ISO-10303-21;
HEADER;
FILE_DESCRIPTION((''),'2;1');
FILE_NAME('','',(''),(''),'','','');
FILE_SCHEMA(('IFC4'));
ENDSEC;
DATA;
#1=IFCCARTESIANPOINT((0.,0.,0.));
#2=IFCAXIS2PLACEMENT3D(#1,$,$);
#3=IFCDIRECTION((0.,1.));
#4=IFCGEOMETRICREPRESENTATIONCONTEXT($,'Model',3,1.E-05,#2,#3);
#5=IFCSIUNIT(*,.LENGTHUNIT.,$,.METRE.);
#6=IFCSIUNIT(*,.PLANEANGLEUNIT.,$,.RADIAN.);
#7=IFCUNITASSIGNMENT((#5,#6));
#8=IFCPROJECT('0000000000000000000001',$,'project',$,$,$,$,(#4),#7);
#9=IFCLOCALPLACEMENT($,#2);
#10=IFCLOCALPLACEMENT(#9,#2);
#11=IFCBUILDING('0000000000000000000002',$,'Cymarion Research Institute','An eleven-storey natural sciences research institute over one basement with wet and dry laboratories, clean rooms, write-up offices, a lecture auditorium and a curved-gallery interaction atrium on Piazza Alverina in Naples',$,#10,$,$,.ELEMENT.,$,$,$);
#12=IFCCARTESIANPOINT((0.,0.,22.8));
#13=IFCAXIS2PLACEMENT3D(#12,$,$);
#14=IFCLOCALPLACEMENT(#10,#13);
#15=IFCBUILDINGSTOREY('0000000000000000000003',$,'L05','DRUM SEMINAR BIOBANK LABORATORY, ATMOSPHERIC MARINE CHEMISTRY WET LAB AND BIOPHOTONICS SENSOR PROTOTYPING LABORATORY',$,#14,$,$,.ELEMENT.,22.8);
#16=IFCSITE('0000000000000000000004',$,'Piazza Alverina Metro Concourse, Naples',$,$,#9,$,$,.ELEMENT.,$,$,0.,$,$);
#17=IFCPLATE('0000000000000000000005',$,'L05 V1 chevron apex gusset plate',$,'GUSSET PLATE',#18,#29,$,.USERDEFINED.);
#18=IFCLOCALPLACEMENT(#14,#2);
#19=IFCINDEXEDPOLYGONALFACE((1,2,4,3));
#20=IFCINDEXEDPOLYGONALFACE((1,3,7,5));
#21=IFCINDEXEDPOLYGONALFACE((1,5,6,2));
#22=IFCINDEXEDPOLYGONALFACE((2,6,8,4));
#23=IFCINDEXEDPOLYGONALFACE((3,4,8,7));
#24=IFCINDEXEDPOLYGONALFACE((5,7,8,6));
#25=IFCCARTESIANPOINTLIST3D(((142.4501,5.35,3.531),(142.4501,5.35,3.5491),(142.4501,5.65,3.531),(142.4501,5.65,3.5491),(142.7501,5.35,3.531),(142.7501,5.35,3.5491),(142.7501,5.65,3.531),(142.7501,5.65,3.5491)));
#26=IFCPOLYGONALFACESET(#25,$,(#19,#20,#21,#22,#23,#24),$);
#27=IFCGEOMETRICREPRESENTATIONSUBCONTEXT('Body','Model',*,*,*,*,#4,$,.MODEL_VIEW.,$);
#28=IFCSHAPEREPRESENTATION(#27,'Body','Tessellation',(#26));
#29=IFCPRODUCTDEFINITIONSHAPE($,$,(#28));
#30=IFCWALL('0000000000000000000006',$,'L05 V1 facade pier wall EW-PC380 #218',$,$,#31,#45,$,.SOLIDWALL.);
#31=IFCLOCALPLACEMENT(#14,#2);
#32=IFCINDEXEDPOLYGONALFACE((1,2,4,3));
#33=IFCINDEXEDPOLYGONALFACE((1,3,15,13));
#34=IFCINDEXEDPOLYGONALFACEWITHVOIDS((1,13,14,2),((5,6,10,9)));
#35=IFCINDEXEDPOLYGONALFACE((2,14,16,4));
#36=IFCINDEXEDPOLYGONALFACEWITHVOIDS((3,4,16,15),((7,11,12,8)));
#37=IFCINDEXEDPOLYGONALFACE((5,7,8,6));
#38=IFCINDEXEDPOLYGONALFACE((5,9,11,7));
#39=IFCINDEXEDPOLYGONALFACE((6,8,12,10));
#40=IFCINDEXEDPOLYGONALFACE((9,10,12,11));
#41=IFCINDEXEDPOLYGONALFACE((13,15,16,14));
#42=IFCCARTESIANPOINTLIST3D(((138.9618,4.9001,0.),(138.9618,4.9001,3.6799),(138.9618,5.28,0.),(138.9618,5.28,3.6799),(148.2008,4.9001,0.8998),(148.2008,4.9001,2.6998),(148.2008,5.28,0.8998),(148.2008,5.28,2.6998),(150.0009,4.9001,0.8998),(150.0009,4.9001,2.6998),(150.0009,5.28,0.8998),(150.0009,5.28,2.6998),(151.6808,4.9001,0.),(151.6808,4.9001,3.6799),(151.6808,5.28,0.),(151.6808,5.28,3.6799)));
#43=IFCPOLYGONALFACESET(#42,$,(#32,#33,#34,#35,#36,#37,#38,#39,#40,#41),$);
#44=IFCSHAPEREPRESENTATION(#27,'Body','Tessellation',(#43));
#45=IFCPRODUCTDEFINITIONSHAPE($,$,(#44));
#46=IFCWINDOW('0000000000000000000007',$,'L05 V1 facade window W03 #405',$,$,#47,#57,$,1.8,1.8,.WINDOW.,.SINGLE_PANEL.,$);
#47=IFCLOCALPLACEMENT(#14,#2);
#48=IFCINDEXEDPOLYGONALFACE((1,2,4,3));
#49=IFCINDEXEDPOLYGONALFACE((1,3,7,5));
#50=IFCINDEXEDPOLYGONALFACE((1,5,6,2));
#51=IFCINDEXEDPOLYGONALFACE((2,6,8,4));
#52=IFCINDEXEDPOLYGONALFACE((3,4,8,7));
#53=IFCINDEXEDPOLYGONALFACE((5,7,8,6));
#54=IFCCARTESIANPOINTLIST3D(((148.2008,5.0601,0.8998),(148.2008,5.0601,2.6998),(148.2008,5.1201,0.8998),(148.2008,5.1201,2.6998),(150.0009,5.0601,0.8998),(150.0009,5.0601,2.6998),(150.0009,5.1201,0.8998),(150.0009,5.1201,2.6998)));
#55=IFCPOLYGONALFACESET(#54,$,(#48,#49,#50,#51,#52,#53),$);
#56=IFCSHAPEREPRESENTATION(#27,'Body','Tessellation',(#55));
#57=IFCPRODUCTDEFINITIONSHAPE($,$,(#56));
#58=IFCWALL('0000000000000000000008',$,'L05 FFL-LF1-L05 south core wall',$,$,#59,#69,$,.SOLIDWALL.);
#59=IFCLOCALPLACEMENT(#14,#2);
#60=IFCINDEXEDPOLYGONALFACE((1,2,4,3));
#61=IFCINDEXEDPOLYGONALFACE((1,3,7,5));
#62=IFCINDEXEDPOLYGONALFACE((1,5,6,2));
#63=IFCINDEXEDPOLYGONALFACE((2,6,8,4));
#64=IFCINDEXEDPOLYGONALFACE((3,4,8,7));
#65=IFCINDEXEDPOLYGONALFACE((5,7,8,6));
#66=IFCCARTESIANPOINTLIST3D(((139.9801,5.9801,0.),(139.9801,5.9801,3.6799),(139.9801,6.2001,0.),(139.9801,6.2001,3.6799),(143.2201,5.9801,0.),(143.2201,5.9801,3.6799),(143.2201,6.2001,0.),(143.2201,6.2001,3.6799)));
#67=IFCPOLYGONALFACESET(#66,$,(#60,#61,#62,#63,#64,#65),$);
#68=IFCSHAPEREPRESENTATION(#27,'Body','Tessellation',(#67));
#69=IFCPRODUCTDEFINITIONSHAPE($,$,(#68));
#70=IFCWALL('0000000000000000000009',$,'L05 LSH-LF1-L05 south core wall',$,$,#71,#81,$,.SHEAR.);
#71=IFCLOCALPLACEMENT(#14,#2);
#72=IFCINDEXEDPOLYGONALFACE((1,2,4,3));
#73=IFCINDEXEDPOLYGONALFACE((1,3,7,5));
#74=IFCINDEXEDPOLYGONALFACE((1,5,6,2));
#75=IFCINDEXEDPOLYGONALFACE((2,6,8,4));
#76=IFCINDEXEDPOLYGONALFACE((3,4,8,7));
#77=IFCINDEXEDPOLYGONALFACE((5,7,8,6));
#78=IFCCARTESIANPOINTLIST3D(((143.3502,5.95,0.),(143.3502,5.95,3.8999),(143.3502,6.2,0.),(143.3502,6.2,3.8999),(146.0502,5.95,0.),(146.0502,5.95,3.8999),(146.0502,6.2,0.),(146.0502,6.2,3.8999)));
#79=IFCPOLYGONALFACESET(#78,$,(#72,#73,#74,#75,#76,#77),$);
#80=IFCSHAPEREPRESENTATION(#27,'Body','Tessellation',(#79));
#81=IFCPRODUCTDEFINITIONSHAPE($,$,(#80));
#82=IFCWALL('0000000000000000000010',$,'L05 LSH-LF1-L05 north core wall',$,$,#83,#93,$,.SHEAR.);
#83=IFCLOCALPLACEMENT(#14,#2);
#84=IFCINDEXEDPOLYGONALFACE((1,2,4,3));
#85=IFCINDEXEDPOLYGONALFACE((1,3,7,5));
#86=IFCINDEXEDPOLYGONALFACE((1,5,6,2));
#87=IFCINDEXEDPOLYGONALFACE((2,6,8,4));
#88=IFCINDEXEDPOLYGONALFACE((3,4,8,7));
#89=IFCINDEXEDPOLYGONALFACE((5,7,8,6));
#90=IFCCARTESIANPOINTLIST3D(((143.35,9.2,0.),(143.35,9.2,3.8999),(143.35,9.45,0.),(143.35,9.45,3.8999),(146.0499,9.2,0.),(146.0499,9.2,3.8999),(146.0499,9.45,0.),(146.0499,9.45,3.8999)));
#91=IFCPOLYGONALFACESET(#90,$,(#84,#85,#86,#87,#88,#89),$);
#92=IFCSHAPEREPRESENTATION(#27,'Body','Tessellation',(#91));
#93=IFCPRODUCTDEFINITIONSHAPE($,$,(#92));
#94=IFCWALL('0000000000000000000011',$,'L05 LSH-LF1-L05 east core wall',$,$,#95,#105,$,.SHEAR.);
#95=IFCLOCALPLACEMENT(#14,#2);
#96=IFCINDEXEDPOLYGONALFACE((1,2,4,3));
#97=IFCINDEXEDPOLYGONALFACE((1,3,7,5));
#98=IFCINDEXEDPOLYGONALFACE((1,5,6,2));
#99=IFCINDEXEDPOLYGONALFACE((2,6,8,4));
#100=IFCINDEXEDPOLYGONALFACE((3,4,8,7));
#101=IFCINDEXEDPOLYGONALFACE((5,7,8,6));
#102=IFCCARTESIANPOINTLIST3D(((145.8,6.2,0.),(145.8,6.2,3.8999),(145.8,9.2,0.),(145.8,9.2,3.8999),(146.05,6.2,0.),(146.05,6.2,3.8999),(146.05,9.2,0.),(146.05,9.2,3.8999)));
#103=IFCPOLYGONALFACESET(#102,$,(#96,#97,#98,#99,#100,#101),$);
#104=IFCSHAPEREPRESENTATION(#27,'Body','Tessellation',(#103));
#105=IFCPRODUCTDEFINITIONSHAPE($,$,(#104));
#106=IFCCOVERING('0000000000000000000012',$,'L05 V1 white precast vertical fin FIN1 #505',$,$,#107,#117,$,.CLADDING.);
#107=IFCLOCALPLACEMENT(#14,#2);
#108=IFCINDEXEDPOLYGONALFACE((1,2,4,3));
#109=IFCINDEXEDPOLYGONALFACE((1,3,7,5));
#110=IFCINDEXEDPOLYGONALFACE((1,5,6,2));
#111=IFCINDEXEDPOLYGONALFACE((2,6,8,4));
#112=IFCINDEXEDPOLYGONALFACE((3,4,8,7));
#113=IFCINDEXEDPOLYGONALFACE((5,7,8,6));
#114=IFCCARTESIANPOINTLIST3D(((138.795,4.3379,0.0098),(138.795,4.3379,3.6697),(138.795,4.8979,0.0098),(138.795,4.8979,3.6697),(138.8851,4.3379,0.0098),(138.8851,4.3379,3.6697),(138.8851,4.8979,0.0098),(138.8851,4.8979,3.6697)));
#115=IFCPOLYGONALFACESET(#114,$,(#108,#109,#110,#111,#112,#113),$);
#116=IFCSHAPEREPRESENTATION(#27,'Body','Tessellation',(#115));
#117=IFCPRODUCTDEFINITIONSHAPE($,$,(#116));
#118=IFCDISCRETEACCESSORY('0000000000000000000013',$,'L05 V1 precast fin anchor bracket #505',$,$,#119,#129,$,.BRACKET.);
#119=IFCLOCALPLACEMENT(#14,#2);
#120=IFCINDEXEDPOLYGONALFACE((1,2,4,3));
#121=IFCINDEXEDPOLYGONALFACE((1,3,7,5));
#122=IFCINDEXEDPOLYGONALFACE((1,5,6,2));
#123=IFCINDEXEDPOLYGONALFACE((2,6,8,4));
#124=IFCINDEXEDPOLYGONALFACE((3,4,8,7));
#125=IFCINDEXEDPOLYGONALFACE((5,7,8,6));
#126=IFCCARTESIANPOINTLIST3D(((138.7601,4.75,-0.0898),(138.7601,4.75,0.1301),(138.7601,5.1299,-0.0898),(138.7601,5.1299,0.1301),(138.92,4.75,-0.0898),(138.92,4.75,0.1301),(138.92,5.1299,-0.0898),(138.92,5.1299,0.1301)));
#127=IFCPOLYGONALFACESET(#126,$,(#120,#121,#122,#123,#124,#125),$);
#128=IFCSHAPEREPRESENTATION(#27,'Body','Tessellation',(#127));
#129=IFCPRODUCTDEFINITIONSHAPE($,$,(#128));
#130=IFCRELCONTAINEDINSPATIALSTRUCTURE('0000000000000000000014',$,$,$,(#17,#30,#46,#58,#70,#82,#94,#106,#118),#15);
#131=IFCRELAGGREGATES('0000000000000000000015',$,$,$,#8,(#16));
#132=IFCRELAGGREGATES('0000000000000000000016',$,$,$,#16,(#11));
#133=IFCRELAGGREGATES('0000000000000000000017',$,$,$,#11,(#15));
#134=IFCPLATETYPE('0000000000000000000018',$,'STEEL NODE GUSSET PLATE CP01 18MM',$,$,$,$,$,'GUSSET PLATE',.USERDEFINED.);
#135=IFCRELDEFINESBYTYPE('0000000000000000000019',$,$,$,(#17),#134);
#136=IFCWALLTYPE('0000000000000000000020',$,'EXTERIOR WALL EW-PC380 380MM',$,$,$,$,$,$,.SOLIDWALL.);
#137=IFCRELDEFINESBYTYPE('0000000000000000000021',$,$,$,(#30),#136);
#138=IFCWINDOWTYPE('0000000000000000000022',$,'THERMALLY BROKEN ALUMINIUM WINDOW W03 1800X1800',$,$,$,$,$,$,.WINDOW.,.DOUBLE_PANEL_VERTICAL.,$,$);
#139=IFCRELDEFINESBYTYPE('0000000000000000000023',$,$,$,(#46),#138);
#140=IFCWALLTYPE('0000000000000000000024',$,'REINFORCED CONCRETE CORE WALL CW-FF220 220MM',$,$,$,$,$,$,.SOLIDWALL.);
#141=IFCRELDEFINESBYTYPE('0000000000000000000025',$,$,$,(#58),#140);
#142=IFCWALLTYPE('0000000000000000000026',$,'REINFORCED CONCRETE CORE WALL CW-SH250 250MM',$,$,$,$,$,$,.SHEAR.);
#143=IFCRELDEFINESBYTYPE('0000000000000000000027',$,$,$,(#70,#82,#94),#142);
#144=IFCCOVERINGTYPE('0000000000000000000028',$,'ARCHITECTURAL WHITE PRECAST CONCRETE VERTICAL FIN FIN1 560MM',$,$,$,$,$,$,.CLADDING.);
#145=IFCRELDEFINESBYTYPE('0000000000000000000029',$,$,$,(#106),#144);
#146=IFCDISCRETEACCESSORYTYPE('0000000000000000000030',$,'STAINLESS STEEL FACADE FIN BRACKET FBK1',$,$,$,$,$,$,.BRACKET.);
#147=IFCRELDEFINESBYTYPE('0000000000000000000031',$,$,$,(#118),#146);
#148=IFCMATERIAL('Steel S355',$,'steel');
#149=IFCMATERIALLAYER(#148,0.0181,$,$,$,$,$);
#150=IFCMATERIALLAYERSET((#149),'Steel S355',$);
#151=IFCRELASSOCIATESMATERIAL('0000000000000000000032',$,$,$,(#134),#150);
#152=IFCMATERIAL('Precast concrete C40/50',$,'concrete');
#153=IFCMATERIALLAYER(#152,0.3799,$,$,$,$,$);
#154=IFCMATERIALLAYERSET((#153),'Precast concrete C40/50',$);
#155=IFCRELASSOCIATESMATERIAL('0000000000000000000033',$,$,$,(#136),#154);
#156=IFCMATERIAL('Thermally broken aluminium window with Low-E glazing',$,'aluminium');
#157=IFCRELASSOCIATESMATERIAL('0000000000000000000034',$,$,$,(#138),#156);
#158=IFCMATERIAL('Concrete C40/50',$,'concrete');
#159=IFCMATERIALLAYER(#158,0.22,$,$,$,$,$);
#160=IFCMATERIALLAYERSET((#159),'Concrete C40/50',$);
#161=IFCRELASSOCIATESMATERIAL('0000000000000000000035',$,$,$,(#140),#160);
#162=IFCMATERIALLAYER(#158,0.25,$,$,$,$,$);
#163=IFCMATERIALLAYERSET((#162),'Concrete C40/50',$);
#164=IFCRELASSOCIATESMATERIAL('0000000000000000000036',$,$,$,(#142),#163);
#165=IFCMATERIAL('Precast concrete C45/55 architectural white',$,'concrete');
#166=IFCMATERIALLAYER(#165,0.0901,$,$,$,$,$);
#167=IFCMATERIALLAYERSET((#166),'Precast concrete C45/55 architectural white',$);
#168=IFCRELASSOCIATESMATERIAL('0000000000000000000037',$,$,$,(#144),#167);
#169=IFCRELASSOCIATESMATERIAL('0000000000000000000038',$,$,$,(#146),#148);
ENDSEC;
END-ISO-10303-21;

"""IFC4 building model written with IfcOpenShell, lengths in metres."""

from ifc_helpers import new_model, si_unit, direction, frame, frame_2d, origin, origin_2d, place, context, subcontext, project, spatial, rectangle, extrude, material, layer, layer_set, type_object, element, fill, save


model = new_model("IFC4")

# Units and contexts
model_context = context("Model", 3, precision=1e-05, world=origin(), true_north=direction((0.0, 1.0)))
body_context = subcontext(model_context, "Body", "Model", "MODEL_VIEW")
ifc_project = project(units=[si_unit("LENGTHUNIT", "METRE"), si_unit("PLANEANGLEUNIT", "RADIAN")], contexts=[model_context])

# Site, building, storey
site_placement = place(None, origin())
site = spatial("IfcSite", under=ifc_project, at=site_placement, Name="Piazza Alverina Metro Concourse, Naples", CompositionType="ELEMENT", RefElevation=0.0)
building_placement = place(site_placement, origin())
building = spatial("IfcBuilding", under=site, at=building_placement, Name="Cymarion Research Institute", Description="An eleven-storey natural sciences research institute over one basement with wet and dry laboratories, clean rooms, write-up offices, a lecture auditorium and a curved-gallery interaction atrium on Piazza Alverina in Naples", CompositionType="ELEMENT")
storey_placement = place(building_placement, frame((0.0, 0.0, 22.8)))
storey = spatial("IfcBuildingStorey", under=building, at=storey_placement, Name="L05", Description="DRUM SEMINAR BIOBANK LABORATORY, ATMOSPHERIC MARINE CHEMISTRY WET LAB AND BIOPHOTONICS SENSOR PROTOTYPING LABORATORY", CompositionType="ELEMENT", Elevation=22.8)

# Plate
ifc_material_1 = material(Name="Steel S355", Category="steel")
ifc_layer_1 = layer(ifc_material_1, 0.0181)
ifc_layer_set_1 = layer_set([ifc_layer_1], Name="Steel S355")
plate_type_1 = type_object("IfcPlateType", Name="STEEL NODE GUSSET PLATE CP01 18MM", ElementType="GUSSET PLATE", PredefinedType="USERDEFINED", material=ifc_layer_set_1)
plate_1_placement = place(storey_placement, frame((142.6001, 5.5, 3.531), z_axis=(0.0, 0.0, 1.0), x_axis=(1.0, 0.0, 0.0)))
element("IfcPlate", 1, at=plate_1_placement, inside=storey, type_object=plate_type_1, Name="L05 V1 chevron apex gusset plate", ObjectType="GUSSET PLATE", PredefinedType="USERDEFINED", context=body_context, shape_type="SweptSolid", body=[
    extrude(rectangle(XDim=0.3, YDim=0.3, at=origin_2d()), origin(), (0.0, 0.0, 1.0), 0.0181),
])

# Wall, opening, window
ifc_material_2 = material(Name="Precast concrete C40/50", Category="concrete")
ifc_layer_2 = layer(ifc_material_2, 0.3799)
ifc_layer_set_2 = layer_set([ifc_layer_2], Name="Precast concrete C40/50")
wall_type_1 = type_object("IfcWallType", Name="EXTERIOR WALL EW-PC380 380MM", PredefinedType="SOLIDWALL", material=ifc_layer_set_2)
wall_1_placement = place(storey_placement, frame((138.9619, 5.0901, 0.0), z_axis=(0.0, 0.0, 1.0), x_axis=(1.0, 0.0, 0.0)))
wall_1 = element("IfcWall", 2, at=wall_1_placement, inside=storey, type_object=wall_type_1, Name="L05 V1 facade pier wall EW-PC380 #218", PredefinedType="SOLIDWALL", context=body_context, shape_type="SweptSolid", body=[
    extrude(rectangle(XDim=12.719, YDim=0.3799, at=frame_2d((6.3594, 0.0))), origin(), (0.0, 0.0, 1.0), 3.6799),
])
opening_1_placement = place(wall_1_placement, frame((9.239, 0.0, 0.8999)))
opening_1 = element("IfcOpeningElement", 3, at=opening_1_placement, cuts=wall_1, PredefinedType="OPENING", context=body_context, shape_type="SweptSolid", body=[
    extrude(rectangle(XDim=1.8, YDim=1.8, at=frame_2d((0.8999, 0.8999))), frame((0.0, 0.2, 0.0), z_axis=(0.0, -1.0, 0.0), x_axis=(1.0, 0.0, 0.0)), (0.0, 0.0, 1.0), 0.3999),
])
ifc_material_3 = material(Name="Thermally broken aluminium window with Low-E glazing", Category="aluminium")
window_type = type_object("IfcWindowType", Name="THERMALLY BROKEN ALUMINIUM WINDOW W03 1800X1800", PartitioningType="DOUBLE_PANEL_VERTICAL", PredefinedType="WINDOW", material=ifc_material_3)
window_placement = place(opening_1_placement, origin())
window = element("IfcWindow", 4, at=window_placement, inside=storey, type_object=window_type, Name="L05 V1 facade window W03 #405", OverallHeight=1.8, OverallWidth=1.8, PartitioningType="SINGLE_PANEL", PredefinedType="WINDOW", context=body_context, shape_type="SweptSolid", body=[
    extrude(rectangle(XDim=1.8, YDim=1.8, at=frame_2d((0.8999, 0.8999))), frame((0.0, 0.03, 0.0), z_axis=(0.0, -1.0, 0.0), x_axis=(1.0, 0.0, 0.0)), (0.0, 0.0, 1.0), 0.0601),
])
fill(opening_1, window)

# Walls
ifc_material_4 = material(Name="Concrete C40/50", Category="concrete")
ifc_layer_3 = layer(ifc_material_4, 0.22)
ifc_layer_set_3 = layer_set([ifc_layer_3], Name="Concrete C40/50")
wall_type_2 = type_object("IfcWallType", Name="REINFORCED CONCRETE CORE WALL CW-FF220 220MM", PredefinedType="SOLIDWALL", material=ifc_layer_set_3)
wall_2_placement = place(storey_placement, frame((139.98, 6.0901, 0.0), z_axis=(0.0, 0.0, 1.0), x_axis=(1.0, 0.0, 0.0)))
element("IfcWall", 5, at=wall_2_placement, inside=storey, type_object=wall_type_2, Name="L05 FFL-LF1-L05 south core wall", PredefinedType="SOLIDWALL", context=body_context, shape_type="SweptSolid", body=[
    extrude(rectangle(XDim=3.24, YDim=0.22, at=frame_2d((1.6201, 0.0))), origin(), (0.0, 0.0, 1.0), 3.6799),
])
ifc_layer_4 = layer(ifc_material_4, 0.25)
ifc_layer_set_4 = layer_set([ifc_layer_4], Name="Concrete C40/50")
wall_type_3 = type_object("IfcWallType", Name="REINFORCED CONCRETE CORE WALL CW-SH250 250MM", PredefinedType="SHEAR", material=ifc_layer_set_4)
for number, where, z_axis, x_axis, name in (
    (6, (143.3501, 6.075, 0.0), (0.0, 0.0, 1.0), (1.0, 0.0, 0.0), "L05 LSH-LF1-L05 south core wall"),
    (7, (146.05, 9.325, 0.0), (0.0, 0.0, 1.0), (-1.0, 0.0, 0.0), "L05 LSH-LF1-L05 north core wall"),
):
    element("IfcWall", number, at=place(storey_placement, frame(where, z_axis=z_axis, x_axis=x_axis)), inside=storey, type_object=wall_type_3, Name=name, PredefinedType="SHEAR", context=body_context, shape_type="SweptSolid", body=[
        extrude(rectangle(XDim=2.7, YDim=0.25, at=frame_2d((1.3501, 0.0))), origin(), (0.0, 0.0, 1.0), 3.8999),
    ])

# Wall
wall_3_placement = place(storey_placement, frame((145.925, 6.2, 0.0), z_axis=(0.0, 0.0, 1.0), x_axis=(0.0, 1.0, 0.0)))
element("IfcWall", 8, at=wall_3_placement, inside=storey, type_object=wall_type_3, Name="L05 LSH-LF1-L05 east core wall", PredefinedType="SHEAR", context=body_context, shape_type="SweptSolid", body=[
    extrude(rectangle(XDim=3.0, YDim=0.25, at=frame_2d((1.5, 0.0))), origin(), (0.0, 0.0, 1.0), 3.8999),
])

# Covering
ifc_material_5 = material(Name="Precast concrete C45/55 architectural white", Category="concrete")
ifc_layer_5 = layer(ifc_material_5, 0.0901)
ifc_layer_set_5 = layer_set([ifc_layer_5], Name="Precast concrete C45/55 architectural white")
covering_type = type_object("IfcCoveringType", Name="ARCHITECTURAL WHITE PRECAST CONCRETE VERTICAL FIN FIN1 560MM", PredefinedType="CLADDING", material=ifc_layer_set_5)
covering_placement = place(storey_placement, frame((138.8401, 4.6179, 0.0098), z_axis=(0.0, 0.0, 1.0), x_axis=(0.0, -1.0, 0.0)))
element("IfcCovering", 9, at=covering_placement, inside=storey, type_object=covering_type, Name="L05 V1 white precast vertical fin FIN1 #505", PredefinedType="CLADDING", context=body_context, shape_type="SweptSolid", body=[
    extrude(rectangle(XDim=0.5601, YDim=0.0901, at=origin_2d()), origin(), (0.0, 0.0, 1.0), 3.6599),
])

# Discrete accessory
discrete_accessory_type = type_object("IfcDiscreteAccessoryType", Name="STAINLESS STEEL FACADE FIN BRACKET FBK1", PredefinedType="BRACKET", material=ifc_material_1)
discrete_accessory_placement = place(storey_placement, frame((138.8401, 4.9399, -0.0898), z_axis=(0.0, 0.0, 1.0), x_axis=(0.0, -1.0, 0.0)))
element("IfcDiscreteAccessory", 10, at=discrete_accessory_placement, inside=storey, type_object=discrete_accessory_type, Name="L05 V1 precast fin anchor bracket #505", PredefinedType="BRACKET", context=body_context, shape_type="SweptSolid", body=[
    extrude(rectangle(XDim=0.3799, YDim=0.1599, at=origin_2d()), origin(), (0.0, 0.0, 1.0), 0.22),
])

save(model, "model.ifc")
